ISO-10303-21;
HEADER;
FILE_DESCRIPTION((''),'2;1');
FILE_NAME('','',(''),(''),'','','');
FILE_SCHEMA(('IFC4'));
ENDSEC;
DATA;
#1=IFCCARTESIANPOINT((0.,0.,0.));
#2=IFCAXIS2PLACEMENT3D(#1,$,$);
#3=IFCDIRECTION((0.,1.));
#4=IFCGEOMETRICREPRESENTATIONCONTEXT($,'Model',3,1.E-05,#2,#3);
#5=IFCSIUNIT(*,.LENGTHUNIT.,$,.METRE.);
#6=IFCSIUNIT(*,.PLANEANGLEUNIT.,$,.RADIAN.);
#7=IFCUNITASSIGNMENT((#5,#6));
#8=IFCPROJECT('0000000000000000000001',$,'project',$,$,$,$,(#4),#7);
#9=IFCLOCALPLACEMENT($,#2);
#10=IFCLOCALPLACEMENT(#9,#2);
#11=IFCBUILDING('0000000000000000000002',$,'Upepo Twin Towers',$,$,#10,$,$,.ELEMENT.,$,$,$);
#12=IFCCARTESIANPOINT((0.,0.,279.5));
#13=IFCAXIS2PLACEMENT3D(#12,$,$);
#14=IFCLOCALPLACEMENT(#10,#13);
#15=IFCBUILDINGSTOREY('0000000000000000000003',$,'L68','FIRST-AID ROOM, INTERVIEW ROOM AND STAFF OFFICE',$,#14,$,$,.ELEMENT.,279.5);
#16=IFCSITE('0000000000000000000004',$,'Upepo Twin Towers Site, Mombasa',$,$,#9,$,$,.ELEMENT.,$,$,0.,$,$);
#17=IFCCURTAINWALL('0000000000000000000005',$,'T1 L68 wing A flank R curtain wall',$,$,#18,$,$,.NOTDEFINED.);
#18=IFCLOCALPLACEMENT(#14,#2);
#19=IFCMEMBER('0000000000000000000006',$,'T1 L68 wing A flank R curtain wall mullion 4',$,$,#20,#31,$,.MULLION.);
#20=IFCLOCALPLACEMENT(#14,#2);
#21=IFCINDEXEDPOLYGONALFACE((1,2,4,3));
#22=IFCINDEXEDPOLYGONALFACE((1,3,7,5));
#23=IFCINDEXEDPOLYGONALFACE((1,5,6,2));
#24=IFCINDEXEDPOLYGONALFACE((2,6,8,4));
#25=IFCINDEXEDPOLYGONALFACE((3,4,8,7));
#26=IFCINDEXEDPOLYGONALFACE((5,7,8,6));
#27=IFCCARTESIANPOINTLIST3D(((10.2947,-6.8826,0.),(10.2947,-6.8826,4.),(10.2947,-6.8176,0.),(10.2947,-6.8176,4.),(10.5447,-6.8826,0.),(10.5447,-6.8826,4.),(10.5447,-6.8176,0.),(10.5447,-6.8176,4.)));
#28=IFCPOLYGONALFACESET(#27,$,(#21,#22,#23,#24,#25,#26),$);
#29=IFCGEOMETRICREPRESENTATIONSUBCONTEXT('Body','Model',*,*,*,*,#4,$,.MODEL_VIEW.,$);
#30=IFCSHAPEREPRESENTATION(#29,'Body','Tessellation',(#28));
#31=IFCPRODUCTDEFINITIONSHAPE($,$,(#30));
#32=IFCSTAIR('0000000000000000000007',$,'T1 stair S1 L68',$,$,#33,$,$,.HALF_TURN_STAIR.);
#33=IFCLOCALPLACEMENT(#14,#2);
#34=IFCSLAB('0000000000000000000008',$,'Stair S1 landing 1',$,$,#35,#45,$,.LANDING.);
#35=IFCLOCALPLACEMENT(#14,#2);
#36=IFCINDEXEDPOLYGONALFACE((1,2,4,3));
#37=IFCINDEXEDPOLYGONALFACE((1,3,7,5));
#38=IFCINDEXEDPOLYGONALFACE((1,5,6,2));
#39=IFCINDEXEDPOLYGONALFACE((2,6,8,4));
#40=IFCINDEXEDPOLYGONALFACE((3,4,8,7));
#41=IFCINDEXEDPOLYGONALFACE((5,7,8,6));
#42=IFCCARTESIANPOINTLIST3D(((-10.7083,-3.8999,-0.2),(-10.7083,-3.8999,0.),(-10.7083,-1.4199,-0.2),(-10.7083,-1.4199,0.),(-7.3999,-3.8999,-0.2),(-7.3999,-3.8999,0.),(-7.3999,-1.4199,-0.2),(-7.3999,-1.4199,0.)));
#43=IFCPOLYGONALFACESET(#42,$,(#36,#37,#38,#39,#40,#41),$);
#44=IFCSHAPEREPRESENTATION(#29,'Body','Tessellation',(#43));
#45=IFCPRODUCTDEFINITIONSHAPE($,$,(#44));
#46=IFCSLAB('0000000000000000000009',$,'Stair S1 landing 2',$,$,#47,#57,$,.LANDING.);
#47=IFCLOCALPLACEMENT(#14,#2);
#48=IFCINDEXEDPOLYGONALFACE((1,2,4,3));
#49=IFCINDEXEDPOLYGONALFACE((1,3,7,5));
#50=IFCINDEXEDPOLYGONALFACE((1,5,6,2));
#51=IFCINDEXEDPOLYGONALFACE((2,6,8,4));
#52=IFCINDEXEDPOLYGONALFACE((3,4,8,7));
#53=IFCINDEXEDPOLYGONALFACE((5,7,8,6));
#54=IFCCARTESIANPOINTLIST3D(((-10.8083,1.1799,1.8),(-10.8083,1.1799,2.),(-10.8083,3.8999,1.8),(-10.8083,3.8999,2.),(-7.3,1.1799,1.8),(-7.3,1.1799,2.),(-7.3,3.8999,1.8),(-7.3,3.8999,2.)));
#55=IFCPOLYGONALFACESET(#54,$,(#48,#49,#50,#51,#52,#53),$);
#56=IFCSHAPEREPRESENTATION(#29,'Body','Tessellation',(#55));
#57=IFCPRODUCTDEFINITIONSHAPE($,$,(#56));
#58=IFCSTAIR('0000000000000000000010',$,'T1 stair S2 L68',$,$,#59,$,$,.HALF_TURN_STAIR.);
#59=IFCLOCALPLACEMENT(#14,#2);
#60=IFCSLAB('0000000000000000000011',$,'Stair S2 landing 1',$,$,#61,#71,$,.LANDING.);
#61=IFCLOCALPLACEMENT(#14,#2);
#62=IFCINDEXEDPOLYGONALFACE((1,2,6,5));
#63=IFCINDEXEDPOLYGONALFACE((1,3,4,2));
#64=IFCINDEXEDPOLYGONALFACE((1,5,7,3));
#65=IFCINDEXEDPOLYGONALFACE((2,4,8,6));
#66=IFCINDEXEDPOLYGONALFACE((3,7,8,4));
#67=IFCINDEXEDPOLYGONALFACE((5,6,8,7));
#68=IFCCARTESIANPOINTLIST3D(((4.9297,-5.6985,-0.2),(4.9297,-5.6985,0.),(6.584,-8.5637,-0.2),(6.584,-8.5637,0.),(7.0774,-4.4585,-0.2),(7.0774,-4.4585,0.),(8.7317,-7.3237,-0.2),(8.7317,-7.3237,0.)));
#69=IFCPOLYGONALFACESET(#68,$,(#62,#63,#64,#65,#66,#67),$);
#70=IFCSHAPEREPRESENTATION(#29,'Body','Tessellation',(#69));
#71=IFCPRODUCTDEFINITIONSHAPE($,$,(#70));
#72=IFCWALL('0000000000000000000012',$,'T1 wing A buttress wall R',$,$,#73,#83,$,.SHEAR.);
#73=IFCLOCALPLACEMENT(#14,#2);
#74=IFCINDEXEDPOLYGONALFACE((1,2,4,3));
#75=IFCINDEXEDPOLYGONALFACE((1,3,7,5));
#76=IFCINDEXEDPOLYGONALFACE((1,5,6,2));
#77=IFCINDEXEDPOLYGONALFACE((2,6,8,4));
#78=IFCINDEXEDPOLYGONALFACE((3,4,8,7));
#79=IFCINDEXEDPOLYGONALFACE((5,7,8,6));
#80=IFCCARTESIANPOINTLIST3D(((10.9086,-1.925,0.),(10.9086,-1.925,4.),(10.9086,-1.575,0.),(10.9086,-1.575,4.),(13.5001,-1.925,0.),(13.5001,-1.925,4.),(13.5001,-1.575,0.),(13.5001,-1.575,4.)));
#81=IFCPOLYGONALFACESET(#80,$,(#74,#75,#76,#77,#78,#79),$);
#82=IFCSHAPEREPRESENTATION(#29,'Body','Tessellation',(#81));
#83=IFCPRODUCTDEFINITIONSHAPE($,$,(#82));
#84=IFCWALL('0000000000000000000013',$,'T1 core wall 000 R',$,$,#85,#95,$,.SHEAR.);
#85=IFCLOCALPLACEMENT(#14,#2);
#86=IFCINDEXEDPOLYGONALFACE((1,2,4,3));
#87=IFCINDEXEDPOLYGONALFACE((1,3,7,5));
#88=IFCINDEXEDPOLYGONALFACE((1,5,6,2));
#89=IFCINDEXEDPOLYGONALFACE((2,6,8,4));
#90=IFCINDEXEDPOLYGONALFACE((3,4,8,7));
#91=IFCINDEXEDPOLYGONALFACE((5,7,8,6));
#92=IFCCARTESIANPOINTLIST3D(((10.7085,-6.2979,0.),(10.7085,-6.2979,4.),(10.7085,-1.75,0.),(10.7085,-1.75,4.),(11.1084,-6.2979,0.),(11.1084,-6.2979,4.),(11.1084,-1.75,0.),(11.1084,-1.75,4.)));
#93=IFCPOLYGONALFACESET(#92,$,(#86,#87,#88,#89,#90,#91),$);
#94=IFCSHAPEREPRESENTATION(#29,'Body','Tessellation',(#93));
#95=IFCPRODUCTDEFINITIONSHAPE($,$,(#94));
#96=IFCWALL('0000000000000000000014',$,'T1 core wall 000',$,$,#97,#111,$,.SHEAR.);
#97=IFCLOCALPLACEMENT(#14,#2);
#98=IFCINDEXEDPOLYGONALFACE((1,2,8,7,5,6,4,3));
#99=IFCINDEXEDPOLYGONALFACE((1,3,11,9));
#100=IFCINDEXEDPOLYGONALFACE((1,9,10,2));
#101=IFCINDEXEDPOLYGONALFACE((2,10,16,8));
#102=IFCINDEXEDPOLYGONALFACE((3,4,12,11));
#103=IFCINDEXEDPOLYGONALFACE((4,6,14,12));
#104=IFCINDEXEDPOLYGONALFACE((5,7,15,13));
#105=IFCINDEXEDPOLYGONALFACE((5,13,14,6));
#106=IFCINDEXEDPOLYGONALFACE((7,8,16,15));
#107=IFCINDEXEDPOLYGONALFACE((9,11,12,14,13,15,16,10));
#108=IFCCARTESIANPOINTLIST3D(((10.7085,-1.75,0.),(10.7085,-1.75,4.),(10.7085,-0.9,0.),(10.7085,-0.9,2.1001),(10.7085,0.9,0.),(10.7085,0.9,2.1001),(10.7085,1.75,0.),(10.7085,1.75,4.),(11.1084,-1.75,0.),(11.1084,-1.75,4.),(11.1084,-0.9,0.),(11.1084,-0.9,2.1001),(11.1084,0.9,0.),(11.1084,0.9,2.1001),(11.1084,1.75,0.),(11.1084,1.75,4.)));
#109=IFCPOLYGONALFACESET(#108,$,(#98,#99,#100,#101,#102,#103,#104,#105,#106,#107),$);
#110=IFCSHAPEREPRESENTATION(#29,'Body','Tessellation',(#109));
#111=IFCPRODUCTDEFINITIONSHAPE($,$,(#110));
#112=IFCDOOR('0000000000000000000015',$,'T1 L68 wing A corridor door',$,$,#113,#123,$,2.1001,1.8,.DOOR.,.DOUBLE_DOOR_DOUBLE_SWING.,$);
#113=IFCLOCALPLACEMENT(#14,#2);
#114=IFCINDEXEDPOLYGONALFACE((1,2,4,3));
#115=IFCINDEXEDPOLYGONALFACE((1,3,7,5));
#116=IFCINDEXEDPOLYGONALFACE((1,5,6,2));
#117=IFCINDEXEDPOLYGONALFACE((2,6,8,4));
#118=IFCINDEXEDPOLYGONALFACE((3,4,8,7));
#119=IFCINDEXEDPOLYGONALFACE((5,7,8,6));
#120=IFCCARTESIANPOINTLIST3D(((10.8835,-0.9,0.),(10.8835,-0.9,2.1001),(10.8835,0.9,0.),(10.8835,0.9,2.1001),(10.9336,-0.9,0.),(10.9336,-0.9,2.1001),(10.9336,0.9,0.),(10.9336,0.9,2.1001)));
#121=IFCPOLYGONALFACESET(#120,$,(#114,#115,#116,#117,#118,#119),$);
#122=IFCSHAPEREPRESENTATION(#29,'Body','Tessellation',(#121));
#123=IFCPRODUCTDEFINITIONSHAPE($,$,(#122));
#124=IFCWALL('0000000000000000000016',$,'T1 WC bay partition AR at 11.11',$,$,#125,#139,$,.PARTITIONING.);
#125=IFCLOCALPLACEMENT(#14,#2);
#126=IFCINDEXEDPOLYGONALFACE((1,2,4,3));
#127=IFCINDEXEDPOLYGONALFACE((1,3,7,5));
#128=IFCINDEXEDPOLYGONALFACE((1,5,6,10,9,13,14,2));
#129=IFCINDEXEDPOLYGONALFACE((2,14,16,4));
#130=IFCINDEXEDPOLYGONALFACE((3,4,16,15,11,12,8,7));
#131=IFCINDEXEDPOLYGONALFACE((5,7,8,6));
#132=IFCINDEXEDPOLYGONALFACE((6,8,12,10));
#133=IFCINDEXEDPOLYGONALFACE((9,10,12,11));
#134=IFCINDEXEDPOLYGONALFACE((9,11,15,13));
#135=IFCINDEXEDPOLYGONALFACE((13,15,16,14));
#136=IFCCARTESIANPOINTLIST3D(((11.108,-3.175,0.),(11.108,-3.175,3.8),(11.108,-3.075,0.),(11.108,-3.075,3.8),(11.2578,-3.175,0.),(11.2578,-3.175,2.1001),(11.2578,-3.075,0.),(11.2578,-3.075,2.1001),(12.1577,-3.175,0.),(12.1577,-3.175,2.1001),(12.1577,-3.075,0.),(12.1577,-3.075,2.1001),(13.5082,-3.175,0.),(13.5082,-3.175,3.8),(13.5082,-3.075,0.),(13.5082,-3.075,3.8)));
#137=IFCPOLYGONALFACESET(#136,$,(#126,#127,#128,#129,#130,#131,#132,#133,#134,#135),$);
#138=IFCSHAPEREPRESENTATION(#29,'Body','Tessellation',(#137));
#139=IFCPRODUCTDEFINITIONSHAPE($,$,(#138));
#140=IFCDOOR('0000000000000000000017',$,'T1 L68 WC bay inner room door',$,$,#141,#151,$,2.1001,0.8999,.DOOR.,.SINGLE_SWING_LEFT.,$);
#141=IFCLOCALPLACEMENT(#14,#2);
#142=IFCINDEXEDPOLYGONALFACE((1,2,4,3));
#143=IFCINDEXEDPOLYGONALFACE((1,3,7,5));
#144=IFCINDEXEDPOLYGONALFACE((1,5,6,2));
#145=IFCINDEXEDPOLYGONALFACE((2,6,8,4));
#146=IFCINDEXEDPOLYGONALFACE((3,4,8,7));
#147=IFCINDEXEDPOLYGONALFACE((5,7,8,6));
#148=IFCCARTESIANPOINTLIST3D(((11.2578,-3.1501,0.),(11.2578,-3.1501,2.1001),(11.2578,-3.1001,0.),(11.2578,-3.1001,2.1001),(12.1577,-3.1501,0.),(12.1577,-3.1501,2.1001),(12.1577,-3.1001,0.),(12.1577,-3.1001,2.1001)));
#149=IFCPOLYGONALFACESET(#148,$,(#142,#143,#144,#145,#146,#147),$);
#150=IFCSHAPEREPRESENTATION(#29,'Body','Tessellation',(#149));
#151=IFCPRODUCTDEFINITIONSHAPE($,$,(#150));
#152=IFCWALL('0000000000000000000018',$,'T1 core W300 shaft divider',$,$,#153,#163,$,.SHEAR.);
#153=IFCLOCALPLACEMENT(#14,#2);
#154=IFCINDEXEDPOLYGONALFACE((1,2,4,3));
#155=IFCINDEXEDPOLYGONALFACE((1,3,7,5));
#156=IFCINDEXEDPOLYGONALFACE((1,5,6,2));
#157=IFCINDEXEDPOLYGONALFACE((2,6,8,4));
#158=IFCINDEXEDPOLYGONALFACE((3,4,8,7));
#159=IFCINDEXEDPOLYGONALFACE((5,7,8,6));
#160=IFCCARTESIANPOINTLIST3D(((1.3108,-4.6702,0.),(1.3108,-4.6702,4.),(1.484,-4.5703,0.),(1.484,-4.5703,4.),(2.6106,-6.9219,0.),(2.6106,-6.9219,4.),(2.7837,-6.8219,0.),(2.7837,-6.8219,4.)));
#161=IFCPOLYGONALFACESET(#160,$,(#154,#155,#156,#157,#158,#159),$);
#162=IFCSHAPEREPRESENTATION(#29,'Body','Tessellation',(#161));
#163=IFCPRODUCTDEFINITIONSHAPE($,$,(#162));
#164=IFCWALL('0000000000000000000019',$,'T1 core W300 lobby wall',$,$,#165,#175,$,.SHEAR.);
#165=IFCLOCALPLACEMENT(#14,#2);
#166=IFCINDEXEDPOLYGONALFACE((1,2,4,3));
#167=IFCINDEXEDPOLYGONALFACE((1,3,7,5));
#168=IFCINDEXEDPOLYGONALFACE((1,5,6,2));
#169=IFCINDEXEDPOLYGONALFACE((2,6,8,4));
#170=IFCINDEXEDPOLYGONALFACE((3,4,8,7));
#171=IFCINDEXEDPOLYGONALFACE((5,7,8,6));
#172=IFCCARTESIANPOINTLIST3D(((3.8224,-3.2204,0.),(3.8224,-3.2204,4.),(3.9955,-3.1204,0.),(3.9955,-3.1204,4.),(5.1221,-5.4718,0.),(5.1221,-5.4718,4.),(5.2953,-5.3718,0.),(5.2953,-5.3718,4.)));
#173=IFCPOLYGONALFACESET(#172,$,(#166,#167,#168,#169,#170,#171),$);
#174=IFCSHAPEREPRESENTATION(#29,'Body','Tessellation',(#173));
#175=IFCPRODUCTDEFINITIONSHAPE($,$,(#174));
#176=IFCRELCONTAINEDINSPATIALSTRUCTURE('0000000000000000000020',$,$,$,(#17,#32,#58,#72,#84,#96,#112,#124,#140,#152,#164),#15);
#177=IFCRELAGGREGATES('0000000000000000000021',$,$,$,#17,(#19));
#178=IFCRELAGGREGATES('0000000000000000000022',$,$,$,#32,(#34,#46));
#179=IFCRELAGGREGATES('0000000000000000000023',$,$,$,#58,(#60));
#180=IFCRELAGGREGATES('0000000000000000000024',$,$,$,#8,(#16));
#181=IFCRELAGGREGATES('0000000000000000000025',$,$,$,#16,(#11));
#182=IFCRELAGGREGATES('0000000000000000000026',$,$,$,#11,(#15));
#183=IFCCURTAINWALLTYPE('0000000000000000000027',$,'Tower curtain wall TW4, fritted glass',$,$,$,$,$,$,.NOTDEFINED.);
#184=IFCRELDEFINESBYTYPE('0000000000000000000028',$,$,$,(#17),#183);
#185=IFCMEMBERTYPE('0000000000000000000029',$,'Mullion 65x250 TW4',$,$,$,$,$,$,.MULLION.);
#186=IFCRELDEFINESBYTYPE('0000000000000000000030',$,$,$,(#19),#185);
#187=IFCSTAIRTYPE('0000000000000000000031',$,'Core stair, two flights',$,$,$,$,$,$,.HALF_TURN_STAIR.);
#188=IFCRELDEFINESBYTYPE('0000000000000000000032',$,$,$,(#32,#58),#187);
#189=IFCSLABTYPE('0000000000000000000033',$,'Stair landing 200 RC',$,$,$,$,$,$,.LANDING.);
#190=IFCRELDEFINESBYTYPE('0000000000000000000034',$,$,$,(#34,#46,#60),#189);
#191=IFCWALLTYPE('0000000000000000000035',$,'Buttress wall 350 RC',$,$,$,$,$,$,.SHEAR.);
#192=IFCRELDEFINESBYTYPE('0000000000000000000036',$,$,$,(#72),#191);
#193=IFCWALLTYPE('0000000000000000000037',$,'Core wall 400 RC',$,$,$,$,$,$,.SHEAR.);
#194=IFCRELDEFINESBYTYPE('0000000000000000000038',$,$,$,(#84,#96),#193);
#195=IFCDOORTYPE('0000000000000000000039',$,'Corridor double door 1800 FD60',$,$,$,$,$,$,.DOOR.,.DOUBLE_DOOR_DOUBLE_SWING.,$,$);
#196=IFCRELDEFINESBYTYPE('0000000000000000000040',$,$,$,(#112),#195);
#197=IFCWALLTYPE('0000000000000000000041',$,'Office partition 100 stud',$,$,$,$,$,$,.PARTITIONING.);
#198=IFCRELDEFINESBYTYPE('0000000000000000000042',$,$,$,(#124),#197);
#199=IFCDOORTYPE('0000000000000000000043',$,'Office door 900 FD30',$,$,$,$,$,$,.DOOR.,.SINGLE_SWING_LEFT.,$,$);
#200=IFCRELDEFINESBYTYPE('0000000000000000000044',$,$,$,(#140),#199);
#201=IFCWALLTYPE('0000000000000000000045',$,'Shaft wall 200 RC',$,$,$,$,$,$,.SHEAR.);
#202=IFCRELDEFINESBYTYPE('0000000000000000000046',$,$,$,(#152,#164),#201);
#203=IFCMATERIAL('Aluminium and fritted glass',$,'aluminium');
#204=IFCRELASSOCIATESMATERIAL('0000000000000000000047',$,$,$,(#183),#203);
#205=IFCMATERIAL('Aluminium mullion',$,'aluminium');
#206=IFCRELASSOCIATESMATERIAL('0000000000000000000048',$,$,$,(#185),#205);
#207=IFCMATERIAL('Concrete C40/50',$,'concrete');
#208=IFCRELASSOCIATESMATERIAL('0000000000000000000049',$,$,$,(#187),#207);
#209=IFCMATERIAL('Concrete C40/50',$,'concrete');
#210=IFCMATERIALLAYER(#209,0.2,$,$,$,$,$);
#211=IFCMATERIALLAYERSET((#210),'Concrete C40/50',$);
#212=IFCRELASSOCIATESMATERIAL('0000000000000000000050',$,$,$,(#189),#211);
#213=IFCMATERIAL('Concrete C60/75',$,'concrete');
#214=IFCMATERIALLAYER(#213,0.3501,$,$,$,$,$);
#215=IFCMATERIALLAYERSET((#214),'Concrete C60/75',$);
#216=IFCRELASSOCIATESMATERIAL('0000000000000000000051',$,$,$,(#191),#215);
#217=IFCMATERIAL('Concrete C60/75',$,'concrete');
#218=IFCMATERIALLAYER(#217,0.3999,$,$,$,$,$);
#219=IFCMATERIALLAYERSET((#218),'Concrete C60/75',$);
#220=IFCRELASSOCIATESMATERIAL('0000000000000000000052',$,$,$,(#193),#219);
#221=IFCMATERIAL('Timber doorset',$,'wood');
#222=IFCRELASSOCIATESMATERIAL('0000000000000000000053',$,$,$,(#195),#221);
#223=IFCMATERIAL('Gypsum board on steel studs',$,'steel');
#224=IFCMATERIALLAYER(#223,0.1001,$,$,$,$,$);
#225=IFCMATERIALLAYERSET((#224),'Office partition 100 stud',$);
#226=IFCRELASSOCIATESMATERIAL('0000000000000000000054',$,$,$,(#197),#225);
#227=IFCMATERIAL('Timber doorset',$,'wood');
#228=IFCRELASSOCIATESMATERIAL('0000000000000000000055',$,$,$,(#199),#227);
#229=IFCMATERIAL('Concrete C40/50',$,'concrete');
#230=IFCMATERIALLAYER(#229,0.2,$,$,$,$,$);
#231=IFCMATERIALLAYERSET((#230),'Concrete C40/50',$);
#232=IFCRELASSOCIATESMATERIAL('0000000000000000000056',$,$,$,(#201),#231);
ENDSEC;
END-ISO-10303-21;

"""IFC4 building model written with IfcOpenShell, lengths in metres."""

from ifc_helpers import new_model, si_unit, direction, frame, frame_2d, origin, origin_2d, place, context, subcontext, project, spatial, polyline, rectangle, outline, extrude, material, layer, layer_set, material_profile, profile_set, type_object, element, fill, aggregate, save


model = new_model("IFC4")

# Units and contexts
model_context = context("Model", 3, precision=1e-05, world=origin(), true_north=direction((0.0, 1.0)))
body_context = subcontext(model_context, "Body", "Model", "MODEL_VIEW")
ifc_project = project(units=[si_unit("LENGTHUNIT", "METRE"), si_unit("PLANEANGLEUNIT", "RADIAN")], contexts=[model_context])

# Site, building, storey
site_placement = place(None, origin())
site = spatial("IfcSite", under=ifc_project, at=site_placement, Name="Upepo Twin Towers Site, Mombasa", CompositionType="ELEMENT", RefElevation=0.0)
building_placement = place(site_placement, origin())
building = spatial("IfcBuilding", under=site, at=building_placement, Name="Upepo Twin Towers", CompositionType="ELEMENT")
storey_placement = place(building_placement, frame((0.0, 0.0, 279.5)))
storey = spatial("IfcBuildingStorey", under=building, at=storey_placement, Name="L68", Description="FIRST-AID ROOM, INTERVIEW ROOM AND STAFF OFFICE", CompositionType="ELEMENT", Elevation=279.5)

# Curtain wall, member
ifc_material_1 = material(Name="Aluminium and fritted glass", Category="aluminium")
curtain_wall_type = type_object("IfcCurtainWallType", Name="Tower curtain wall TW4, fritted glass", PredefinedType="NOTDEFINED", material=ifc_material_1)
curtain_wall_placement = place(storey_placement, origin())
curtain_wall = element("IfcCurtainWall", 1, at=curtain_wall_placement, inside=storey, type_object=curtain_wall_type, Name="T1 L68 wing A flank R curtain wall", PredefinedType="NOTDEFINED")
ifc_material_2 = material(Name="Aluminium mullion", Category="aluminium")
ifc_material_profile = material_profile(ifc_material_2, rectangle(XDim=0.0649, YDim=0.25, at=origin_2d()), Name="MULLION 65x250")
ifc_profile_set = profile_set([ifc_material_profile], Name="Aluminium mullion")
member_type = type_object("IfcMemberType", Name="Mullion 65x250 TW4", PredefinedType="MULLION", material=ifc_profile_set)
member_placement = place(storey_placement, frame((10.4197, -6.8501, 0.0), z_axis=(0.0, 0.0, 1.0), x_axis=(0.0, -1.0, 0.0)))
member = element("IfcMember", 2, at=member_placement, type_object=member_type, Name="T1 L68 wing A flank R curtain wall mullion 4", PredefinedType="MULLION", context=body_context, shape_type="SweptSolid", body=[
    extrude(rectangle(XDim=0.0649, YDim=0.25, at=origin_2d()), origin(), (0.0, 0.0, 1.0), 4.0),
])
aggregate(curtain_wall, [member])

# Stair, slabs
ifc_material_3 = material(Name="Concrete C40/50", Category="concrete")
stair_type = type_object("IfcStairType", Name="Core stair, two flights", PredefinedType="HALF_TURN_STAIR", material=ifc_material_3)
stair_1_placement = place(storey_placement, origin())
stair_1 = element("IfcStair", 3, at=stair_1_placement, inside=storey, type_object=stair_type, Name="T1 stair S1 L68", PredefinedType="HALF_TURN_STAIR")
ifc_material_4 = material(Name="Concrete C40/50", Category="concrete")
ifc_layer_1 = layer(ifc_material_4, 0.2)
ifc_layer_set_1 = layer_set([ifc_layer_1], Name="Concrete C40/50")
slab_type = type_object("IfcSlabType", Name="Stair landing 200 RC", PredefinedType="LANDING", material=ifc_layer_set_1)
slab_1_placement = place(storey_placement, frame((0.0, 0.0, -0.2)))
slab_1 = element("IfcSlab", 4, at=slab_1_placement, type_object=slab_type, Name="Stair S1 landing 1", PredefinedType="LANDING", context=body_context, shape_type="SweptSolid", body=[
    extrude(outline(polyline([(-7.3999, -1.4199), (-10.7083, -1.4199), (-10.7083, -3.8999), (-7.3999, -3.8999), (-7.3999, -1.4199)])), origin(), (0.0, 0.0, 1.0), 0.2),
])
slab_2_placement = place(storey_placement, frame((0.0, 0.0, 1.8)))
slab_2 = element("IfcSlab", 5, at=slab_2_placement, type_object=slab_type, Name="Stair S1 landing 2", PredefinedType="LANDING", context=body_context, shape_type="SweptSolid", body=[
    extrude(outline(polyline([(-7.3, 3.8999), (-10.8083, 3.8999), (-10.8083, 1.1799), (-7.3, 1.1799), (-7.3, 3.8999)])), origin(), (0.0, 0.0, 1.0), 0.2),
])
aggregate(stair_1, [slab_1, slab_2])

# Stair, slab
stair_2_placement = place(storey_placement, origin())
stair_2 = element("IfcStair", 6, at=stair_2_placement, inside=storey, type_object=stair_type, Name="T1 stair S2 L68", PredefinedType="HALF_TURN_STAIR")
slab_3_placement = place(storey_placement, frame((0.0, 0.0, -0.2)))
slab_3 = element("IfcSlab", 7, at=slab_3_placement, type_object=slab_type, Name="Stair S2 landing 1", PredefinedType="LANDING", context=body_context, shape_type="SweptSolid", body=[
    extrude(outline(polyline([(4.9297, -5.6985), (6.584, -8.5637), (8.7317, -7.3237), (7.0774, -4.4585), (4.9297, -5.6985)])), origin(), (0.0, 0.0, 1.0), 0.2),
])

# Walls
ifc_material_5 = material(Name="Concrete C60/75", Category="concrete")
ifc_layer_2 = layer(ifc_material_5, 0.3501)
ifc_layer_set_2 = layer_set([ifc_layer_2], Name="Concrete C60/75")
wall_type_1 = type_object("IfcWallType", Name="Buttress wall 350 RC", PredefinedType="SHEAR", material=ifc_layer_set_2)
wall_1_placement = place(storey_placement, frame((10.9084, -1.75, 0.0), z_axis=(0.0, 0.0, 1.0), x_axis=(1.0, 0.0, 0.0)))
element("IfcWall", 8, at=wall_1_placement, inside=storey, type_object=wall_type_1, Name="T1 wing A buttress wall R", PredefinedType="SHEAR", context=body_context, shape_type="SweptSolid", body=[
    extrude(rectangle(XDim=2.5916, YDim=0.3501, at=frame_2d((1.2959, 0.0))), origin(), (0.0, 0.0, 1.0), 4.0),
])
ifc_material_6 = material(Name="Concrete C60/75", Category="concrete")
ifc_layer_3 = layer(ifc_material_6, 0.3999)
ifc_layer_set_3 = layer_set([ifc_layer_3], Name="Concrete C60/75")
wall_type_2 = type_object("IfcWallType", Name="Core wall 400 RC", PredefinedType="SHEAR", material=ifc_layer_set_3)
wall_2_placement = place(storey_placement, frame((10.9084, -6.2979, 0.0), z_axis=(0.0, 0.0, 1.0), x_axis=(0.0, 1.0, 0.0)))
element("IfcWall", 9, at=wall_2_placement, inside=storey, type_object=wall_type_2, Name="T1 core wall 000 R", PredefinedType="SHEAR", context=body_context, shape_type="SweptSolid", body=[
    extrude(rectangle(XDim=4.5479, YDim=0.3999, at=frame_2d((2.2739, 0.0))), origin(), (0.0, 0.0, 1.0), 4.0),
])

# Walls, openings, doors
wall_3_placement = place(storey_placement, frame((10.9084, -1.75, 0.0), z_axis=(0.0, 0.0, 1.0), x_axis=(0.0, 1.0, 0.0)))
wall_3 = element("IfcWall", 10, at=wall_3_placement, inside=storey, type_object=wall_type_2, Name="T1 core wall 000", PredefinedType="SHEAR", context=body_context, shape_type="SweptSolid", body=[
    extrude(rectangle(XDim=3.5, YDim=0.3999, at=frame_2d((1.75, 0.0))), origin(), (0.0, 0.0, 1.0), 4.0),
])
opening_1_placement = place(wall_3_placement, frame((0.8501, 0.0, 0.0)))
opening_1 = element("IfcOpeningElement", 11, at=opening_1_placement, cuts=wall_3, PredefinedType="OPENING", context=body_context, shape_type="SweptSolid", body=[
    extrude(rectangle(XDim=1.8, YDim=2.1001, at=frame_2d((0.8999, 1.05))), frame((0.0, 0.21, 0.0), z_axis=(0.0, -1.0, 0.0), x_axis=(1.0, 0.0, 0.0)), (0.0, 0.0, 1.0), 0.4199),
])
ifc_material_7 = material(Name="Timber doorset", Category="wood")
door_type_1 = type_object("IfcDoorType", Name="Corridor double door 1800 FD60", OperationType="DOUBLE_DOOR_DOUBLE_SWING", PredefinedType="DOOR", material=ifc_material_7)
door_1_placement = place(opening_1_placement, origin())
door_1 = element("IfcDoor", 12, at=door_1_placement, inside=storey, type_object=door_type_1, Name="T1 L68 wing A corridor door", OperationType="DOUBLE_DOOR_DOUBLE_SWING", OverallHeight=2.1001, OverallWidth=1.8, PredefinedType="DOOR", context=body_context, shape_type="SweptSolid", body=[
    extrude(rectangle(XDim=1.8, YDim=2.1001, at=frame_2d((0.8999, 1.05))), frame((0.0, 0.0249, 0.0), z_axis=(0.0, -1.0, 0.0), x_axis=(1.0, 0.0, 0.0)), (0.0, 0.0, 1.0), 0.05),
])
fill(opening_1, door_1)
ifc_material_8 = material(Name="Gypsum board on steel studs", Category="steel")
ifc_layer_4 = layer(ifc_material_8, 0.1001)
ifc_layer_set_4 = layer_set([ifc_layer_4], Name="Office partition 100 stud")
wall_type_3 = type_object("IfcWallType", Name="Office partition 100 stud", PredefinedType="PARTITIONING", material=ifc_layer_set_4)
wall_4_placement = place(storey_placement, frame((11.1079, -3.125, 0.0), z_axis=(0.0, 0.0, 1.0), x_axis=(1.0, 0.0, 0.0)))
wall_4 = element("IfcWall", 13, at=wall_4_placement, inside=storey, type_object=wall_type_3, Name="T1 WC bay partition AR at 11.11", PredefinedType="PARTITIONING", context=body_context, shape_type="SweptSolid", body=[
    extrude(rectangle(XDim=2.4001, YDim=0.1001, at=frame_2d((1.2002, 0.0))), origin(), (0.0, 0.0, 1.0), 3.8),
])
opening_2_placement = place(wall_4_placement, frame((0.1499, 0.0, 0.0)))
opening_2 = element("IfcOpeningElement", 14, at=opening_2_placement, cuts=wall_4, PredefinedType="OPENING", context=body_context, shape_type="SweptSolid", body=[
    extrude(rectangle(XDim=0.8999, YDim=2.1001, at=frame_2d((0.45, 1.05))), frame((0.0, 0.0601, 0.0), z_axis=(0.0, -1.0, 0.0), x_axis=(1.0, 0.0, 0.0)), (0.0, 0.0, 1.0), 0.1201),
])
ifc_material_9 = material(Name="Timber doorset", Category="wood")
door_type_2 = type_object("IfcDoorType", Name="Office door 900 FD30", OperationType="SINGLE_SWING_LEFT", PredefinedType="DOOR", material=ifc_material_9)
door_2_placement = place(opening_2_placement, origin())
door_2 = element("IfcDoor", 15, at=door_2_placement, inside=storey, type_object=door_type_2, Name="T1 L68 WC bay inner room door", OperationType="SINGLE_SWING_LEFT", OverallHeight=2.1001, OverallWidth=0.8999, PredefinedType="DOOR", context=body_context, shape_type="SweptSolid", body=[
    extrude(rectangle(XDim=0.8999, YDim=2.1001, at=frame_2d((0.45, 1.05))), frame((0.0, 0.0249, 0.0), z_axis=(0.0, -1.0, 0.0), x_axis=(1.0, 0.0, 0.0)), (0.0, 0.0, 1.0), 0.05),
])
fill(opening_2, door_2)

# Walls
ifc_material_10 = material(Name="Concrete C40/50", Category="concrete")
ifc_layer_5 = layer(ifc_material_10, 0.2)
ifc_layer_set_5 = layer_set([ifc_layer_5], Name="Concrete C40/50")
wall_type_4 = type_object("IfcWallType", Name="Shaft wall 200 RC", PredefinedType="SHEAR", material=ifc_layer_set_5)
wall_5_placement = place(storey_placement, frame((1.3975, -4.6204, 0.0), z_axis=(0.0, 0.0, 1.0), x_axis=(0.499937, -0.866062, 0.0)))
element("IfcWall", 16, at=wall_5_placement, inside=storey, type_object=wall_type_4, Name="T1 core W300 shaft divider", PredefinedType="SHEAR", context=body_context, shape_type="SweptSolid", body=[
    extrude(rectangle(XDim=2.5999, YDim=0.2, at=frame_2d((1.2998, 0.0))), origin(), (0.0, 0.0, 1.0), 4.0),
])
wall_6_placement = place(storey_placement, frame((3.9089, -3.1704, 0.0), z_axis=(0.0, 0.0, 1.0), x_axis=(0.499977, -0.866039, 0.0)))
element("IfcWall", 17, at=wall_6_placement, inside=storey, type_object=wall_type_4, Name="T1 core W300 lobby wall", PredefinedType="SHEAR", context=body_context, shape_type="SweptSolid", body=[
    extrude(rectangle(XDim=2.5996, YDim=0.2, at=frame_2d((1.2998, 0.0))), origin(), (0.0, 0.0, 1.0), 4.0),
])

aggregate(stair_2, [slab_3])

save(model, "model.ifc")
